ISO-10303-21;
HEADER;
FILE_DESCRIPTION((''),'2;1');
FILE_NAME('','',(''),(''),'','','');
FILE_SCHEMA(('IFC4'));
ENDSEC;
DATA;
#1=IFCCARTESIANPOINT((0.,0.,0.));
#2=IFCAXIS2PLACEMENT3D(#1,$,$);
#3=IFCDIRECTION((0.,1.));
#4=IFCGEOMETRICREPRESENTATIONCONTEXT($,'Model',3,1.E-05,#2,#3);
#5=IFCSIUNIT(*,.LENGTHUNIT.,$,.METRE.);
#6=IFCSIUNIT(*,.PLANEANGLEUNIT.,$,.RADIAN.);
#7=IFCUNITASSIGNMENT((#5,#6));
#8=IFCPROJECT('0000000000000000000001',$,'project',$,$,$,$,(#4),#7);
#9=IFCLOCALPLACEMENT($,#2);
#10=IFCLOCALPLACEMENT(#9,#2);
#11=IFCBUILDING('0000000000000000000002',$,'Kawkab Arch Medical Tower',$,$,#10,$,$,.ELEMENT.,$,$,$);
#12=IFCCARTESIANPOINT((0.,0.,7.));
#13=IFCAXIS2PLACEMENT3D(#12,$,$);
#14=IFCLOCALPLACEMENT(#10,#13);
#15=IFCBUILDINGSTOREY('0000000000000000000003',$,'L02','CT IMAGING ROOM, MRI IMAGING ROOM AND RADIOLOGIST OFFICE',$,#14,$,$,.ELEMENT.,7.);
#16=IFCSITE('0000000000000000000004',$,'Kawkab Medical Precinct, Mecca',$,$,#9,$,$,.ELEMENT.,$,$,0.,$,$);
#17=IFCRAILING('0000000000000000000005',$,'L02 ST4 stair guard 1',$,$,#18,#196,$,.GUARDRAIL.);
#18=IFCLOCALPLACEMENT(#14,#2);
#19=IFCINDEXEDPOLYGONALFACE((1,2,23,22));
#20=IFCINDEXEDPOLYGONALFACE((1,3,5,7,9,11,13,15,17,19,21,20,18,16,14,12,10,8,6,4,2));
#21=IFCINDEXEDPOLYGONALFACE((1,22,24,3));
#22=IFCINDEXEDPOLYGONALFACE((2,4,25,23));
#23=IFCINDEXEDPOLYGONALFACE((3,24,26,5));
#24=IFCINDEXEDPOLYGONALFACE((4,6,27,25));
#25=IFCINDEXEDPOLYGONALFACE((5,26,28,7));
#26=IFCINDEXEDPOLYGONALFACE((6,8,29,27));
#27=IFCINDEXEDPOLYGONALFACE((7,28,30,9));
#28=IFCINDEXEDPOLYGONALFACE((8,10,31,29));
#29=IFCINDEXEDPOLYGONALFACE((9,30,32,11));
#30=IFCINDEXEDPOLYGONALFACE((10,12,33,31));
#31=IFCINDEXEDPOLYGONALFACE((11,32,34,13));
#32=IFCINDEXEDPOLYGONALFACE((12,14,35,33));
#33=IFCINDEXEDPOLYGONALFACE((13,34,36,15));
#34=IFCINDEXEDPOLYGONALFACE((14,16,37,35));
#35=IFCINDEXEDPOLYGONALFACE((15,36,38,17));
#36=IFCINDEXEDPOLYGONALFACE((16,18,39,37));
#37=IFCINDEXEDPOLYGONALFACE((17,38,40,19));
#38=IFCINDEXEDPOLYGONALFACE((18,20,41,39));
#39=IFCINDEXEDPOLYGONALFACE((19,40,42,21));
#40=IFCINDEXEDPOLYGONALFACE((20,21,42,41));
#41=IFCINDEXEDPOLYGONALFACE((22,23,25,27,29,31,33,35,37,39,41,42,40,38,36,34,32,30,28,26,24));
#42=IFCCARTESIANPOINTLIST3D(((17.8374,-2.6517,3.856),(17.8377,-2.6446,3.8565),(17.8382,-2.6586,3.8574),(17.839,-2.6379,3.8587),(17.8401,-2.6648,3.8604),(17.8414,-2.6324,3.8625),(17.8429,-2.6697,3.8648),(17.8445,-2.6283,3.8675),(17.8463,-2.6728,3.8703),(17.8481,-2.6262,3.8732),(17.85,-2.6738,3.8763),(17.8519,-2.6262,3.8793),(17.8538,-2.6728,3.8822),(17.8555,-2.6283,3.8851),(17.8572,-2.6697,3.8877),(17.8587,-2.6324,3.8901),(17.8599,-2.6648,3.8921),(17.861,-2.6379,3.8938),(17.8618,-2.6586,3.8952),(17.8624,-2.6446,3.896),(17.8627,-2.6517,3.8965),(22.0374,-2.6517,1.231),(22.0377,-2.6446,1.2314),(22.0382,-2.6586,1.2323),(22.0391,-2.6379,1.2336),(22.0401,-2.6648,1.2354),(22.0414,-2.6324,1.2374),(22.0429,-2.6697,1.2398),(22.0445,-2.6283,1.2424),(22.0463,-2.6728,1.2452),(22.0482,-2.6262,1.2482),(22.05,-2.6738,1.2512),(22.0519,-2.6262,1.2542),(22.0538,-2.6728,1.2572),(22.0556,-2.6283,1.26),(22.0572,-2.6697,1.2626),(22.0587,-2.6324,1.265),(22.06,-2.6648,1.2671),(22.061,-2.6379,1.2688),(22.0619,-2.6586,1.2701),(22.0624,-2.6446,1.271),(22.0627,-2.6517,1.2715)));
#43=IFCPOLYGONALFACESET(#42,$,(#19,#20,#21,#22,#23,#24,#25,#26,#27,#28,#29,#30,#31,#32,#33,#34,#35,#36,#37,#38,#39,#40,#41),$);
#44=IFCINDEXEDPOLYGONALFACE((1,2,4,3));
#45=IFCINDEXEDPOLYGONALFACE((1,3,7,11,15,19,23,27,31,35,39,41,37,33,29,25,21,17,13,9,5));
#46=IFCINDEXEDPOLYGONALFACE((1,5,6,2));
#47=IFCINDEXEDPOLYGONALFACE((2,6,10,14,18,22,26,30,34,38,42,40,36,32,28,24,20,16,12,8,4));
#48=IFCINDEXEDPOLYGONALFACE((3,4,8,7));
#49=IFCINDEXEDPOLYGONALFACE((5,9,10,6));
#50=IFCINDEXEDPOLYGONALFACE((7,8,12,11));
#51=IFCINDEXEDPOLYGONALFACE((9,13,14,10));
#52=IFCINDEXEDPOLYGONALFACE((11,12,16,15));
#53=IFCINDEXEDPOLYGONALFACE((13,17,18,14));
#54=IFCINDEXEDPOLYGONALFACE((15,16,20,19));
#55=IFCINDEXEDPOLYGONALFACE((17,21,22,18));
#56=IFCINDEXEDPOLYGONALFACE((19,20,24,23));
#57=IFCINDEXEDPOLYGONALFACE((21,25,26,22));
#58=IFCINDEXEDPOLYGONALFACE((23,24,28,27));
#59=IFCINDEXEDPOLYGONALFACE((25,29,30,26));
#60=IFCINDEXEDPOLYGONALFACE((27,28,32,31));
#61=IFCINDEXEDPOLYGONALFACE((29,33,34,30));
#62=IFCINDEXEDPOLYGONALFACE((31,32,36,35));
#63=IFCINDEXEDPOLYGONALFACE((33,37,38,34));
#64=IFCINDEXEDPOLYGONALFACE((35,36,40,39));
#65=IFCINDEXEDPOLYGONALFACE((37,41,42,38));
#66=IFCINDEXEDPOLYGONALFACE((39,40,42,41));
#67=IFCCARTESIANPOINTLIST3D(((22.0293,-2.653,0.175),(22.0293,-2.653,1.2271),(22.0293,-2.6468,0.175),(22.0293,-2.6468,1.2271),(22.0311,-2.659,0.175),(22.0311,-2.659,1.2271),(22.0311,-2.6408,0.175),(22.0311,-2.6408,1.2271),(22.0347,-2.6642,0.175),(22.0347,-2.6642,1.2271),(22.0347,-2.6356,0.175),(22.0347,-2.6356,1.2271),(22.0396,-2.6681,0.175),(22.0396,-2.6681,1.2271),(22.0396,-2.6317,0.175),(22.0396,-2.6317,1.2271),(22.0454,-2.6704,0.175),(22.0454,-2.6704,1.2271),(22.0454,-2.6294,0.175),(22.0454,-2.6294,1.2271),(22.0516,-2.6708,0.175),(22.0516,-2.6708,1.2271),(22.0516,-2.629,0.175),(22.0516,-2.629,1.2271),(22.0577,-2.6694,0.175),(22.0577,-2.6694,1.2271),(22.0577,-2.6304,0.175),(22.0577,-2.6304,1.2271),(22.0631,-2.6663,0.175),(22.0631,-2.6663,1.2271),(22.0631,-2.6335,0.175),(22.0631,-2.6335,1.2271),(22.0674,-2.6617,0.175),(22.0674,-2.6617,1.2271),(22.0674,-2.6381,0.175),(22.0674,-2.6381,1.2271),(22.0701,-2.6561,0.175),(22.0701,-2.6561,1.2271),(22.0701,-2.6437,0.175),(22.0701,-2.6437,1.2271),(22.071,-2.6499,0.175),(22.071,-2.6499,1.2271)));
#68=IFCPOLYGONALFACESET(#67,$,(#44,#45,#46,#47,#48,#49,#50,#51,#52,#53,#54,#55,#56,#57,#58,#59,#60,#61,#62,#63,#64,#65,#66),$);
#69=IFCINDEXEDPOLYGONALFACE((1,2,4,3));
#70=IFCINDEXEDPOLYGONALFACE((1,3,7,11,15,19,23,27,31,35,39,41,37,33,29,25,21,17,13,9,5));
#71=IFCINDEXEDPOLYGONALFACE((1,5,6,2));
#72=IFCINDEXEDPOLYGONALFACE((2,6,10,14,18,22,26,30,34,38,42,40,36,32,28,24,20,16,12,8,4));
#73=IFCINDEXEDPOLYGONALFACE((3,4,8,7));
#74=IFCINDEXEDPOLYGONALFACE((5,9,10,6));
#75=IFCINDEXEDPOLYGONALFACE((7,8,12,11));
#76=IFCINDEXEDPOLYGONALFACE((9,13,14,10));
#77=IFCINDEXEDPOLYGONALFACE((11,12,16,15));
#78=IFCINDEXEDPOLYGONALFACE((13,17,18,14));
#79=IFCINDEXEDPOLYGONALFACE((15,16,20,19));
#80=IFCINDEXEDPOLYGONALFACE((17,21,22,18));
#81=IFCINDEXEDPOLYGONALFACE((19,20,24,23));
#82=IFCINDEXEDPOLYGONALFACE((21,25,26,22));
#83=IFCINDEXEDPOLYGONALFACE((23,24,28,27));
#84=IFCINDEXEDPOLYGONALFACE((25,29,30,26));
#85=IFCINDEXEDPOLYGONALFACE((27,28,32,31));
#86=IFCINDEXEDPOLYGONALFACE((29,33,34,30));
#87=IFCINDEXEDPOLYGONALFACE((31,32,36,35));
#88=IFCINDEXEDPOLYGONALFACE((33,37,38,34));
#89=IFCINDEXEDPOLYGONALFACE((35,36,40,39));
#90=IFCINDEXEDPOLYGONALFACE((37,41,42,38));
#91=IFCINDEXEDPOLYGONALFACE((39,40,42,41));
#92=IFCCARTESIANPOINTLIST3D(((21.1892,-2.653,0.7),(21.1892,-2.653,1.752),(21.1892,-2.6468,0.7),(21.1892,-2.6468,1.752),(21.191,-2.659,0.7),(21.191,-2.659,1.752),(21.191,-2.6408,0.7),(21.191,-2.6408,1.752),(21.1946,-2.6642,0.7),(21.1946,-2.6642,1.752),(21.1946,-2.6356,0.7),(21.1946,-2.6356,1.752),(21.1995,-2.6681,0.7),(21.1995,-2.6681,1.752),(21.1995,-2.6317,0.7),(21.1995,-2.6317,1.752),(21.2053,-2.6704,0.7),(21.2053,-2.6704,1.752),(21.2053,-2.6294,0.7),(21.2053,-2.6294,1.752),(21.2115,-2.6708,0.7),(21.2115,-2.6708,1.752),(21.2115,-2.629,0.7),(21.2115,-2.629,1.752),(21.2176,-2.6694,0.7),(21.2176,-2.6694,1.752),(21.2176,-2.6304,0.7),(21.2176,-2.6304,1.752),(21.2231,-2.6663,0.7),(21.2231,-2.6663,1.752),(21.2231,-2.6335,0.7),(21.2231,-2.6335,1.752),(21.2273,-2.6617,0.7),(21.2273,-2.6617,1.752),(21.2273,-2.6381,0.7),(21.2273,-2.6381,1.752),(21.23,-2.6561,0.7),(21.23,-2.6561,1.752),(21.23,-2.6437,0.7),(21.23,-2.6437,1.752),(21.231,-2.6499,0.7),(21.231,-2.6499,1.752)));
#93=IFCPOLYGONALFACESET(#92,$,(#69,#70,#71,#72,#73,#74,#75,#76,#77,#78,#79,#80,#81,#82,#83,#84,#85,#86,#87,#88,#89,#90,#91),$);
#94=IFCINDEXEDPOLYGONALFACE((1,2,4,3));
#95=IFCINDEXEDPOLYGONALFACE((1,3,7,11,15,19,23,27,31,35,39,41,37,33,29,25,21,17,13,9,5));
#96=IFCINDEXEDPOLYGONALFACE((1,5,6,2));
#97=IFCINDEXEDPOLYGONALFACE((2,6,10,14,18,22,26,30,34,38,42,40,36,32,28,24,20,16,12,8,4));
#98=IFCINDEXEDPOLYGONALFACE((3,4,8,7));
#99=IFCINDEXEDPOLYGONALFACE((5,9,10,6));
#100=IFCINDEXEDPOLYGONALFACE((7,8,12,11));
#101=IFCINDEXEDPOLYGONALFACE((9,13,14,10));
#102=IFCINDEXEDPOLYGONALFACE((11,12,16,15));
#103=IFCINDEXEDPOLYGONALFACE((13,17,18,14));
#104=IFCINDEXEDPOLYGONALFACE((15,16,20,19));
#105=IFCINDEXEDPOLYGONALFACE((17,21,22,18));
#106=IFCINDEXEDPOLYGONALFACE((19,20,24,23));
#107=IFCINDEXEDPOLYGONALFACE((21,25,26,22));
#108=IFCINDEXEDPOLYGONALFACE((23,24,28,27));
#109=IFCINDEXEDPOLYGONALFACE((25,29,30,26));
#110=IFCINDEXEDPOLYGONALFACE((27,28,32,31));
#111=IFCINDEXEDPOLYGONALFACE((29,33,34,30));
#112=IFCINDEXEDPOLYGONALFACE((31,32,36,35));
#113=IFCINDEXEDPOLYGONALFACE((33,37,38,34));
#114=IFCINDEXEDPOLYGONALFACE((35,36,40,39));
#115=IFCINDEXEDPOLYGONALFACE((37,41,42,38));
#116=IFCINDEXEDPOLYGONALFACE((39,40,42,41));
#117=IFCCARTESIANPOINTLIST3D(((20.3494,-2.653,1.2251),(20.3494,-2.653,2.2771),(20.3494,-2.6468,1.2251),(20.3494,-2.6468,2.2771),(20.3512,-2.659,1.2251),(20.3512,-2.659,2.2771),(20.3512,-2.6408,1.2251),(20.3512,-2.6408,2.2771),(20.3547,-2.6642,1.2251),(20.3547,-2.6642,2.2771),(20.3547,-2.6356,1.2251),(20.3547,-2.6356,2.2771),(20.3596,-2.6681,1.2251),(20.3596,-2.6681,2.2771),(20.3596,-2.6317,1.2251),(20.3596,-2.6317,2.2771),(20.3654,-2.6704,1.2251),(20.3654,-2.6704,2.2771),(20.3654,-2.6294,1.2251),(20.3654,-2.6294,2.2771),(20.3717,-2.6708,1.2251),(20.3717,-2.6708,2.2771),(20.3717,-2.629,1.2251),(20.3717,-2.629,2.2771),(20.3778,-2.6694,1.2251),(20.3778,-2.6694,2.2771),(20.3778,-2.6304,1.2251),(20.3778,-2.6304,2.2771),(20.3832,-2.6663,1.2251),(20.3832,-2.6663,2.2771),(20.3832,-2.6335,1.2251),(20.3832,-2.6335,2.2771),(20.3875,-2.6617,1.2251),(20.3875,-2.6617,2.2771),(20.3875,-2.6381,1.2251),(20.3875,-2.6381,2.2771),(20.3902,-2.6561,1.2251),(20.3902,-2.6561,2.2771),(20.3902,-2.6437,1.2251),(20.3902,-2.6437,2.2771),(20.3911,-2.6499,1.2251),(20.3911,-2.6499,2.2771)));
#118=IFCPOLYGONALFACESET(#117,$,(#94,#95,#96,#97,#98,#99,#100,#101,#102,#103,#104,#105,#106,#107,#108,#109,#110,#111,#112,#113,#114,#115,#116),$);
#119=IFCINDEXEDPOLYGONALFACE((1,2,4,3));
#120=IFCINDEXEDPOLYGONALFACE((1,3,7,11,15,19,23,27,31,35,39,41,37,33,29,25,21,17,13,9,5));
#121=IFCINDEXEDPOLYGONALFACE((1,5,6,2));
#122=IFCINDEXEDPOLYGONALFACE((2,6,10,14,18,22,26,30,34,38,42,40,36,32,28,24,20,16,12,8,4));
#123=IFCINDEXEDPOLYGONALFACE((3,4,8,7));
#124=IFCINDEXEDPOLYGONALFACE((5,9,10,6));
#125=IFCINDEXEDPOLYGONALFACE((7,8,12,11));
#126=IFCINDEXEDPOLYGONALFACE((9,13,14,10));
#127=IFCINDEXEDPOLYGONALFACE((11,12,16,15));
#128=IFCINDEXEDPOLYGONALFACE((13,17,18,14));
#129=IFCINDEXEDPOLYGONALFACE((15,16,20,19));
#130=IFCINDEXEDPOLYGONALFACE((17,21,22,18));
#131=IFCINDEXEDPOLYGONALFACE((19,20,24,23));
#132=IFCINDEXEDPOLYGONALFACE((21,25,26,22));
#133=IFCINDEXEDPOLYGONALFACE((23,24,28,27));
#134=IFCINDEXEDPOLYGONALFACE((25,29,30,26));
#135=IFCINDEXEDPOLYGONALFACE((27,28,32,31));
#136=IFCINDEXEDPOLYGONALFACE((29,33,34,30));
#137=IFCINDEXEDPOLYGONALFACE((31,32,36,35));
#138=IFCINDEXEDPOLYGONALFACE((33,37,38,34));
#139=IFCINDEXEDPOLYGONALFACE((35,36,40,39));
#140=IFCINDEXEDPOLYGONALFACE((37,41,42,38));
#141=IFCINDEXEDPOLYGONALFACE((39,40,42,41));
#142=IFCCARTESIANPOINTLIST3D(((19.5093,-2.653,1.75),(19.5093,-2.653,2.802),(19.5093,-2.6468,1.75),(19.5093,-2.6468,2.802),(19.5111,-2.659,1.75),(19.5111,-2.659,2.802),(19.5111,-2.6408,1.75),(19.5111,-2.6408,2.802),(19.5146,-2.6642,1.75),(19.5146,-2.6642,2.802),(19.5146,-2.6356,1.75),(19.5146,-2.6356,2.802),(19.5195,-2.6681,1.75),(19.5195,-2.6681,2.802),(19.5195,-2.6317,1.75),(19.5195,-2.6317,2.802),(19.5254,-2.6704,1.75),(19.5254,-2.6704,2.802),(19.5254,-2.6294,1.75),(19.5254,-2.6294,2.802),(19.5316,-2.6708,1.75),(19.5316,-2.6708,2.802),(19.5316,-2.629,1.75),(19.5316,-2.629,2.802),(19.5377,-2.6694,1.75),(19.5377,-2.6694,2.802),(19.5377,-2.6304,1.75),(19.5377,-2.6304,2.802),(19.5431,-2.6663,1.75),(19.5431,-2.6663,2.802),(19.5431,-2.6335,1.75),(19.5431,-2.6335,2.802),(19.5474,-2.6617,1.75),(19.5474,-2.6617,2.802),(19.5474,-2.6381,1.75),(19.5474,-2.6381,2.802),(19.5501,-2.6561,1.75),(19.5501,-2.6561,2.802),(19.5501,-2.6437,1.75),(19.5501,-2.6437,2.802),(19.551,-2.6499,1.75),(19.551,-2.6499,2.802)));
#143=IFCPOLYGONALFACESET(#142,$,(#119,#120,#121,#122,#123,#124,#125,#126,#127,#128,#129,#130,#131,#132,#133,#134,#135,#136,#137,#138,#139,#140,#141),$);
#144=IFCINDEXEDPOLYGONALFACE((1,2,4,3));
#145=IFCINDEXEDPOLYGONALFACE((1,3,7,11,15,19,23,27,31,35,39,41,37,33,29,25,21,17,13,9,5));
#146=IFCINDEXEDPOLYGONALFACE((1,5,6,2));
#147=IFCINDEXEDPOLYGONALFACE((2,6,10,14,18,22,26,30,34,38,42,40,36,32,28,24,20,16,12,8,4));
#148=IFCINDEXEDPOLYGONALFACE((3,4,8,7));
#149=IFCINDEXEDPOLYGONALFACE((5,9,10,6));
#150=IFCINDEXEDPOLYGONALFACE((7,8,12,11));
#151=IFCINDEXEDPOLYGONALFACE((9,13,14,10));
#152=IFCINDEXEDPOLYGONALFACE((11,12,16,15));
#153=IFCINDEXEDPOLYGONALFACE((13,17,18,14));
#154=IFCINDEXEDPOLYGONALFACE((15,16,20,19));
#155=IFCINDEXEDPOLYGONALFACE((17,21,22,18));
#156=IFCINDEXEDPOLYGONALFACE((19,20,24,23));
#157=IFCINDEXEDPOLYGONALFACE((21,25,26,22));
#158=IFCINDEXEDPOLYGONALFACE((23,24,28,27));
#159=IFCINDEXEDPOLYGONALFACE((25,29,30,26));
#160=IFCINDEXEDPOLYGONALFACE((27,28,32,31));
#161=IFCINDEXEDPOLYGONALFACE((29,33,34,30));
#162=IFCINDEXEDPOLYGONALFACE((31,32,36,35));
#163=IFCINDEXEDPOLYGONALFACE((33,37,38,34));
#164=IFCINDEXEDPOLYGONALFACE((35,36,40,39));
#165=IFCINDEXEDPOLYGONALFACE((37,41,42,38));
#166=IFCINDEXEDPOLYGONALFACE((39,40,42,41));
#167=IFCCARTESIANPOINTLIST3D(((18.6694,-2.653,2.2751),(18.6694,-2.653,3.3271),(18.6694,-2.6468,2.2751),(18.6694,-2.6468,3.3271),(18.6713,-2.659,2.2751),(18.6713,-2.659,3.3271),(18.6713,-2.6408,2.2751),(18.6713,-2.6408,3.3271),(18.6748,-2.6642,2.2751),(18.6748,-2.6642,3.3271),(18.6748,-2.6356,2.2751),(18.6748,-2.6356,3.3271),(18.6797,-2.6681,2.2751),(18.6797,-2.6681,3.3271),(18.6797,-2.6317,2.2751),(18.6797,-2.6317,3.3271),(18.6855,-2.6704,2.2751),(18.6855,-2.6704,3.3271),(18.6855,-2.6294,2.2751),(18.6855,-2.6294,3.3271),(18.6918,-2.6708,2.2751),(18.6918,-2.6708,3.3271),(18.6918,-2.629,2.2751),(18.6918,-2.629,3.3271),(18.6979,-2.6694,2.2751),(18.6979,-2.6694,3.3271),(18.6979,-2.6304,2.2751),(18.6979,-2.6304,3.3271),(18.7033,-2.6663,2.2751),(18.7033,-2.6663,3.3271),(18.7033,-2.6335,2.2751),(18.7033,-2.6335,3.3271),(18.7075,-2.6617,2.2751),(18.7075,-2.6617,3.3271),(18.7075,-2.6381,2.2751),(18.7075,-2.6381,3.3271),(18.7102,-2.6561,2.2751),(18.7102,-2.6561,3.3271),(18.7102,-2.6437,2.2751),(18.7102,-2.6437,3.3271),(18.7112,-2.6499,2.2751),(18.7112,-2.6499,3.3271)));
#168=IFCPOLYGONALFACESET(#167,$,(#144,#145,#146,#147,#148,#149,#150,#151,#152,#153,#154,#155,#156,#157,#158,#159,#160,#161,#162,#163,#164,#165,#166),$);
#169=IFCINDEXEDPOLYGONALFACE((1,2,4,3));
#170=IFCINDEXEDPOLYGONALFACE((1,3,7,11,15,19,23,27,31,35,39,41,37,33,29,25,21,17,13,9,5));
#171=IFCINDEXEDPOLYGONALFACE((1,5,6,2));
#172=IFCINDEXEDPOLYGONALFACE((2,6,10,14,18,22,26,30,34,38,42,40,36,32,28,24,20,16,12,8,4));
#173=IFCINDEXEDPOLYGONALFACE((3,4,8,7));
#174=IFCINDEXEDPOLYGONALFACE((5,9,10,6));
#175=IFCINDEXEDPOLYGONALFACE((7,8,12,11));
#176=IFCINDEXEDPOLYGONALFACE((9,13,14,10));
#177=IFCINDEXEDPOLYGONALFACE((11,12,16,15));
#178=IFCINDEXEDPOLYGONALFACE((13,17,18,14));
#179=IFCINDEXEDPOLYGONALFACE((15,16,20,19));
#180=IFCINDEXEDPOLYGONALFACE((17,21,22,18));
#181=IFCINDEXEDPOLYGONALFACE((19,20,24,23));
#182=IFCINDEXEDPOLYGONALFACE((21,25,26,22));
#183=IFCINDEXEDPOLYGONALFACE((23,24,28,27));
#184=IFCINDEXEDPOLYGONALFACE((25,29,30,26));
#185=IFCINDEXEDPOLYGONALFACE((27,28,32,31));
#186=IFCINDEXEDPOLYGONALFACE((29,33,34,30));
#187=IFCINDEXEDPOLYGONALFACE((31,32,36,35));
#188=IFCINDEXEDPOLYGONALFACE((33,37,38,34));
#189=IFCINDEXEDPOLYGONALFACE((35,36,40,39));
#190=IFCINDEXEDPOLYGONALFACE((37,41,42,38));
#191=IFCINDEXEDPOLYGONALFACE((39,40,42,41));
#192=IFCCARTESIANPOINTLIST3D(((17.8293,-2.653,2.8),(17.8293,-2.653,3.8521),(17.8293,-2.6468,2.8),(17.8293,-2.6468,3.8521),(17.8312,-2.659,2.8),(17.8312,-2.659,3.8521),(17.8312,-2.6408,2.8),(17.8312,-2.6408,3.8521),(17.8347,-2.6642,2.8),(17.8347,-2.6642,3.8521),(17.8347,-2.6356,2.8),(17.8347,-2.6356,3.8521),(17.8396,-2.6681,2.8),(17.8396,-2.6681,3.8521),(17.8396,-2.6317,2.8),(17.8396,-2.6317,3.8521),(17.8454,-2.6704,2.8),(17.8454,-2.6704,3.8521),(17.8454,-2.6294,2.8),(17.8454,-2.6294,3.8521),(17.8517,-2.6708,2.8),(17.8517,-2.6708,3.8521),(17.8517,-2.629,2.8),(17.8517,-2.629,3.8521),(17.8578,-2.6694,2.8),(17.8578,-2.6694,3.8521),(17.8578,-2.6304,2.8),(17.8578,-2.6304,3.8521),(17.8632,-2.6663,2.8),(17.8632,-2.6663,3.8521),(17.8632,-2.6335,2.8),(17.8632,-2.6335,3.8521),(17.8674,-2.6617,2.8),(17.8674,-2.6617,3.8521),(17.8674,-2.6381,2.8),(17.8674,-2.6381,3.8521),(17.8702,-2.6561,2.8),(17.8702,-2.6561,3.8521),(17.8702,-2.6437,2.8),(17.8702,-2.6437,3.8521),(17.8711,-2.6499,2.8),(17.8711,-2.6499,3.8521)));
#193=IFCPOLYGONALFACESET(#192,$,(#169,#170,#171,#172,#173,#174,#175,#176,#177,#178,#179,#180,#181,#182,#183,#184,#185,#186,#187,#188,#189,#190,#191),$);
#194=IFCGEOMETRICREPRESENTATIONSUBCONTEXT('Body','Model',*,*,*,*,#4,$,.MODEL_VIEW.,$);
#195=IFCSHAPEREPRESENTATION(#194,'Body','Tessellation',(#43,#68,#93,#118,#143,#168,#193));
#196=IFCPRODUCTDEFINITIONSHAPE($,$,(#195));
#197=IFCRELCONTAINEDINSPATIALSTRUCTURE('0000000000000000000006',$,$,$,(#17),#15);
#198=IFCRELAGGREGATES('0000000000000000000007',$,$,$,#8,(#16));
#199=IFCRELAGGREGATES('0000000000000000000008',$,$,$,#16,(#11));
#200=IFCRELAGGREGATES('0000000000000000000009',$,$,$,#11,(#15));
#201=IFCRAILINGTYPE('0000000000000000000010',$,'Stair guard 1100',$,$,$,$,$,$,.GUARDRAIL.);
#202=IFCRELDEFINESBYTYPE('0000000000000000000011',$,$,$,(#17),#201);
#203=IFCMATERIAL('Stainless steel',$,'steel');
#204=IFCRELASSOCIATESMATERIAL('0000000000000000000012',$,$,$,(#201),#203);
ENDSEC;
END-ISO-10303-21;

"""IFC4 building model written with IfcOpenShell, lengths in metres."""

from ifc_helpers import new_model, si_unit, direction, frame, origin, origin_2d, place, context, subcontext, project, spatial, circle, extrude, material, type_object, element, save


model = new_model("IFC4")

# Units and contexts
model_context = context("Model", 3, precision=1e-05, world=origin(), true_north=direction((0.0, 1.0)))
body_context = subcontext(model_context, "Body", "Model", "MODEL_VIEW")
ifc_project = project(units=[si_unit("LENGTHUNIT", "METRE"), si_unit("PLANEANGLEUNIT", "RADIAN")], contexts=[model_context])

# Site, building, storey
site_placement = place(None, origin())
site = spatial("IfcSite", under=ifc_project, at=site_placement, Name="Kawkab Medical Precinct, Mecca", CompositionType="ELEMENT", RefElevation=0.0)
building_placement = place(site_placement, origin())
building = spatial("IfcBuilding", under=site, at=building_placement, Name="Kawkab Arch Medical Tower", CompositionType="ELEMENT")
storey_placement = place(building_placement, frame((0.0, 0.0, 7.0)))
storey = spatial("IfcBuildingStorey", under=building, at=storey_placement, Name="L02", Description="CT IMAGING ROOM, MRI IMAGING ROOM AND RADIOLOGIST OFFICE", CompositionType="ELEMENT", Elevation=7.0)

# Railing
ifc_material_1 = material(Name="Stainless steel", Category="steel")
railing_type = type_object("IfcRailingType", Name="Stair guard 1100", PredefinedType="GUARDRAIL", material=ifc_material_1)
railing_1_placement = place(storey_placement, frame((22.05, -2.6499, 0.175)))
element("IfcRailing", 1, at=railing_1_placement, inside=storey, type_object=railing_type, Name="L02 ST4 stair guard 1", PredefinedType="GUARDRAIL", context=body_context, shape_type="SweptSolid", body=[
    extrude(circle(Radius=0.0239, at=origin_2d()), frame((0.0, 0.0, 1.0762), z_axis=(-0.847996, 0.0, 0.530003), x_axis=(0.0, -1.0, 0.0)), (0.0, 0.0, 1.0), 4.9529),
    extrude(circle(Radius=0.021, at=origin_2d()), origin(), (0.0, 0.0, 1.0), 1.052),
    extrude(circle(Radius=0.021, at=origin_2d()), frame((-0.8401, 0.0, 0.5249)), (0.0, 0.0, 1.0), 1.052),
    extrude(circle(Radius=0.021, at=origin_2d()), frame((-1.6799, 0.0, 1.05)), (0.0, 0.0, 1.0), 1.052),
    extrude(circle(Radius=0.021, at=origin_2d()), frame((-2.52, 0.0, 1.575)), (0.0, 0.0, 1.0), 1.052),
    extrude(circle(Radius=0.021, at=origin_2d()), frame((-3.3599, 0.0, 2.1001)), (0.0, 0.0, 1.0), 1.052),
    extrude(circle(Radius=0.021, at=origin_2d()), frame((-4.2, 0.0, 2.625)), (0.0, 0.0, 1.0), 1.052),
])

save(model, "model.ifc")
